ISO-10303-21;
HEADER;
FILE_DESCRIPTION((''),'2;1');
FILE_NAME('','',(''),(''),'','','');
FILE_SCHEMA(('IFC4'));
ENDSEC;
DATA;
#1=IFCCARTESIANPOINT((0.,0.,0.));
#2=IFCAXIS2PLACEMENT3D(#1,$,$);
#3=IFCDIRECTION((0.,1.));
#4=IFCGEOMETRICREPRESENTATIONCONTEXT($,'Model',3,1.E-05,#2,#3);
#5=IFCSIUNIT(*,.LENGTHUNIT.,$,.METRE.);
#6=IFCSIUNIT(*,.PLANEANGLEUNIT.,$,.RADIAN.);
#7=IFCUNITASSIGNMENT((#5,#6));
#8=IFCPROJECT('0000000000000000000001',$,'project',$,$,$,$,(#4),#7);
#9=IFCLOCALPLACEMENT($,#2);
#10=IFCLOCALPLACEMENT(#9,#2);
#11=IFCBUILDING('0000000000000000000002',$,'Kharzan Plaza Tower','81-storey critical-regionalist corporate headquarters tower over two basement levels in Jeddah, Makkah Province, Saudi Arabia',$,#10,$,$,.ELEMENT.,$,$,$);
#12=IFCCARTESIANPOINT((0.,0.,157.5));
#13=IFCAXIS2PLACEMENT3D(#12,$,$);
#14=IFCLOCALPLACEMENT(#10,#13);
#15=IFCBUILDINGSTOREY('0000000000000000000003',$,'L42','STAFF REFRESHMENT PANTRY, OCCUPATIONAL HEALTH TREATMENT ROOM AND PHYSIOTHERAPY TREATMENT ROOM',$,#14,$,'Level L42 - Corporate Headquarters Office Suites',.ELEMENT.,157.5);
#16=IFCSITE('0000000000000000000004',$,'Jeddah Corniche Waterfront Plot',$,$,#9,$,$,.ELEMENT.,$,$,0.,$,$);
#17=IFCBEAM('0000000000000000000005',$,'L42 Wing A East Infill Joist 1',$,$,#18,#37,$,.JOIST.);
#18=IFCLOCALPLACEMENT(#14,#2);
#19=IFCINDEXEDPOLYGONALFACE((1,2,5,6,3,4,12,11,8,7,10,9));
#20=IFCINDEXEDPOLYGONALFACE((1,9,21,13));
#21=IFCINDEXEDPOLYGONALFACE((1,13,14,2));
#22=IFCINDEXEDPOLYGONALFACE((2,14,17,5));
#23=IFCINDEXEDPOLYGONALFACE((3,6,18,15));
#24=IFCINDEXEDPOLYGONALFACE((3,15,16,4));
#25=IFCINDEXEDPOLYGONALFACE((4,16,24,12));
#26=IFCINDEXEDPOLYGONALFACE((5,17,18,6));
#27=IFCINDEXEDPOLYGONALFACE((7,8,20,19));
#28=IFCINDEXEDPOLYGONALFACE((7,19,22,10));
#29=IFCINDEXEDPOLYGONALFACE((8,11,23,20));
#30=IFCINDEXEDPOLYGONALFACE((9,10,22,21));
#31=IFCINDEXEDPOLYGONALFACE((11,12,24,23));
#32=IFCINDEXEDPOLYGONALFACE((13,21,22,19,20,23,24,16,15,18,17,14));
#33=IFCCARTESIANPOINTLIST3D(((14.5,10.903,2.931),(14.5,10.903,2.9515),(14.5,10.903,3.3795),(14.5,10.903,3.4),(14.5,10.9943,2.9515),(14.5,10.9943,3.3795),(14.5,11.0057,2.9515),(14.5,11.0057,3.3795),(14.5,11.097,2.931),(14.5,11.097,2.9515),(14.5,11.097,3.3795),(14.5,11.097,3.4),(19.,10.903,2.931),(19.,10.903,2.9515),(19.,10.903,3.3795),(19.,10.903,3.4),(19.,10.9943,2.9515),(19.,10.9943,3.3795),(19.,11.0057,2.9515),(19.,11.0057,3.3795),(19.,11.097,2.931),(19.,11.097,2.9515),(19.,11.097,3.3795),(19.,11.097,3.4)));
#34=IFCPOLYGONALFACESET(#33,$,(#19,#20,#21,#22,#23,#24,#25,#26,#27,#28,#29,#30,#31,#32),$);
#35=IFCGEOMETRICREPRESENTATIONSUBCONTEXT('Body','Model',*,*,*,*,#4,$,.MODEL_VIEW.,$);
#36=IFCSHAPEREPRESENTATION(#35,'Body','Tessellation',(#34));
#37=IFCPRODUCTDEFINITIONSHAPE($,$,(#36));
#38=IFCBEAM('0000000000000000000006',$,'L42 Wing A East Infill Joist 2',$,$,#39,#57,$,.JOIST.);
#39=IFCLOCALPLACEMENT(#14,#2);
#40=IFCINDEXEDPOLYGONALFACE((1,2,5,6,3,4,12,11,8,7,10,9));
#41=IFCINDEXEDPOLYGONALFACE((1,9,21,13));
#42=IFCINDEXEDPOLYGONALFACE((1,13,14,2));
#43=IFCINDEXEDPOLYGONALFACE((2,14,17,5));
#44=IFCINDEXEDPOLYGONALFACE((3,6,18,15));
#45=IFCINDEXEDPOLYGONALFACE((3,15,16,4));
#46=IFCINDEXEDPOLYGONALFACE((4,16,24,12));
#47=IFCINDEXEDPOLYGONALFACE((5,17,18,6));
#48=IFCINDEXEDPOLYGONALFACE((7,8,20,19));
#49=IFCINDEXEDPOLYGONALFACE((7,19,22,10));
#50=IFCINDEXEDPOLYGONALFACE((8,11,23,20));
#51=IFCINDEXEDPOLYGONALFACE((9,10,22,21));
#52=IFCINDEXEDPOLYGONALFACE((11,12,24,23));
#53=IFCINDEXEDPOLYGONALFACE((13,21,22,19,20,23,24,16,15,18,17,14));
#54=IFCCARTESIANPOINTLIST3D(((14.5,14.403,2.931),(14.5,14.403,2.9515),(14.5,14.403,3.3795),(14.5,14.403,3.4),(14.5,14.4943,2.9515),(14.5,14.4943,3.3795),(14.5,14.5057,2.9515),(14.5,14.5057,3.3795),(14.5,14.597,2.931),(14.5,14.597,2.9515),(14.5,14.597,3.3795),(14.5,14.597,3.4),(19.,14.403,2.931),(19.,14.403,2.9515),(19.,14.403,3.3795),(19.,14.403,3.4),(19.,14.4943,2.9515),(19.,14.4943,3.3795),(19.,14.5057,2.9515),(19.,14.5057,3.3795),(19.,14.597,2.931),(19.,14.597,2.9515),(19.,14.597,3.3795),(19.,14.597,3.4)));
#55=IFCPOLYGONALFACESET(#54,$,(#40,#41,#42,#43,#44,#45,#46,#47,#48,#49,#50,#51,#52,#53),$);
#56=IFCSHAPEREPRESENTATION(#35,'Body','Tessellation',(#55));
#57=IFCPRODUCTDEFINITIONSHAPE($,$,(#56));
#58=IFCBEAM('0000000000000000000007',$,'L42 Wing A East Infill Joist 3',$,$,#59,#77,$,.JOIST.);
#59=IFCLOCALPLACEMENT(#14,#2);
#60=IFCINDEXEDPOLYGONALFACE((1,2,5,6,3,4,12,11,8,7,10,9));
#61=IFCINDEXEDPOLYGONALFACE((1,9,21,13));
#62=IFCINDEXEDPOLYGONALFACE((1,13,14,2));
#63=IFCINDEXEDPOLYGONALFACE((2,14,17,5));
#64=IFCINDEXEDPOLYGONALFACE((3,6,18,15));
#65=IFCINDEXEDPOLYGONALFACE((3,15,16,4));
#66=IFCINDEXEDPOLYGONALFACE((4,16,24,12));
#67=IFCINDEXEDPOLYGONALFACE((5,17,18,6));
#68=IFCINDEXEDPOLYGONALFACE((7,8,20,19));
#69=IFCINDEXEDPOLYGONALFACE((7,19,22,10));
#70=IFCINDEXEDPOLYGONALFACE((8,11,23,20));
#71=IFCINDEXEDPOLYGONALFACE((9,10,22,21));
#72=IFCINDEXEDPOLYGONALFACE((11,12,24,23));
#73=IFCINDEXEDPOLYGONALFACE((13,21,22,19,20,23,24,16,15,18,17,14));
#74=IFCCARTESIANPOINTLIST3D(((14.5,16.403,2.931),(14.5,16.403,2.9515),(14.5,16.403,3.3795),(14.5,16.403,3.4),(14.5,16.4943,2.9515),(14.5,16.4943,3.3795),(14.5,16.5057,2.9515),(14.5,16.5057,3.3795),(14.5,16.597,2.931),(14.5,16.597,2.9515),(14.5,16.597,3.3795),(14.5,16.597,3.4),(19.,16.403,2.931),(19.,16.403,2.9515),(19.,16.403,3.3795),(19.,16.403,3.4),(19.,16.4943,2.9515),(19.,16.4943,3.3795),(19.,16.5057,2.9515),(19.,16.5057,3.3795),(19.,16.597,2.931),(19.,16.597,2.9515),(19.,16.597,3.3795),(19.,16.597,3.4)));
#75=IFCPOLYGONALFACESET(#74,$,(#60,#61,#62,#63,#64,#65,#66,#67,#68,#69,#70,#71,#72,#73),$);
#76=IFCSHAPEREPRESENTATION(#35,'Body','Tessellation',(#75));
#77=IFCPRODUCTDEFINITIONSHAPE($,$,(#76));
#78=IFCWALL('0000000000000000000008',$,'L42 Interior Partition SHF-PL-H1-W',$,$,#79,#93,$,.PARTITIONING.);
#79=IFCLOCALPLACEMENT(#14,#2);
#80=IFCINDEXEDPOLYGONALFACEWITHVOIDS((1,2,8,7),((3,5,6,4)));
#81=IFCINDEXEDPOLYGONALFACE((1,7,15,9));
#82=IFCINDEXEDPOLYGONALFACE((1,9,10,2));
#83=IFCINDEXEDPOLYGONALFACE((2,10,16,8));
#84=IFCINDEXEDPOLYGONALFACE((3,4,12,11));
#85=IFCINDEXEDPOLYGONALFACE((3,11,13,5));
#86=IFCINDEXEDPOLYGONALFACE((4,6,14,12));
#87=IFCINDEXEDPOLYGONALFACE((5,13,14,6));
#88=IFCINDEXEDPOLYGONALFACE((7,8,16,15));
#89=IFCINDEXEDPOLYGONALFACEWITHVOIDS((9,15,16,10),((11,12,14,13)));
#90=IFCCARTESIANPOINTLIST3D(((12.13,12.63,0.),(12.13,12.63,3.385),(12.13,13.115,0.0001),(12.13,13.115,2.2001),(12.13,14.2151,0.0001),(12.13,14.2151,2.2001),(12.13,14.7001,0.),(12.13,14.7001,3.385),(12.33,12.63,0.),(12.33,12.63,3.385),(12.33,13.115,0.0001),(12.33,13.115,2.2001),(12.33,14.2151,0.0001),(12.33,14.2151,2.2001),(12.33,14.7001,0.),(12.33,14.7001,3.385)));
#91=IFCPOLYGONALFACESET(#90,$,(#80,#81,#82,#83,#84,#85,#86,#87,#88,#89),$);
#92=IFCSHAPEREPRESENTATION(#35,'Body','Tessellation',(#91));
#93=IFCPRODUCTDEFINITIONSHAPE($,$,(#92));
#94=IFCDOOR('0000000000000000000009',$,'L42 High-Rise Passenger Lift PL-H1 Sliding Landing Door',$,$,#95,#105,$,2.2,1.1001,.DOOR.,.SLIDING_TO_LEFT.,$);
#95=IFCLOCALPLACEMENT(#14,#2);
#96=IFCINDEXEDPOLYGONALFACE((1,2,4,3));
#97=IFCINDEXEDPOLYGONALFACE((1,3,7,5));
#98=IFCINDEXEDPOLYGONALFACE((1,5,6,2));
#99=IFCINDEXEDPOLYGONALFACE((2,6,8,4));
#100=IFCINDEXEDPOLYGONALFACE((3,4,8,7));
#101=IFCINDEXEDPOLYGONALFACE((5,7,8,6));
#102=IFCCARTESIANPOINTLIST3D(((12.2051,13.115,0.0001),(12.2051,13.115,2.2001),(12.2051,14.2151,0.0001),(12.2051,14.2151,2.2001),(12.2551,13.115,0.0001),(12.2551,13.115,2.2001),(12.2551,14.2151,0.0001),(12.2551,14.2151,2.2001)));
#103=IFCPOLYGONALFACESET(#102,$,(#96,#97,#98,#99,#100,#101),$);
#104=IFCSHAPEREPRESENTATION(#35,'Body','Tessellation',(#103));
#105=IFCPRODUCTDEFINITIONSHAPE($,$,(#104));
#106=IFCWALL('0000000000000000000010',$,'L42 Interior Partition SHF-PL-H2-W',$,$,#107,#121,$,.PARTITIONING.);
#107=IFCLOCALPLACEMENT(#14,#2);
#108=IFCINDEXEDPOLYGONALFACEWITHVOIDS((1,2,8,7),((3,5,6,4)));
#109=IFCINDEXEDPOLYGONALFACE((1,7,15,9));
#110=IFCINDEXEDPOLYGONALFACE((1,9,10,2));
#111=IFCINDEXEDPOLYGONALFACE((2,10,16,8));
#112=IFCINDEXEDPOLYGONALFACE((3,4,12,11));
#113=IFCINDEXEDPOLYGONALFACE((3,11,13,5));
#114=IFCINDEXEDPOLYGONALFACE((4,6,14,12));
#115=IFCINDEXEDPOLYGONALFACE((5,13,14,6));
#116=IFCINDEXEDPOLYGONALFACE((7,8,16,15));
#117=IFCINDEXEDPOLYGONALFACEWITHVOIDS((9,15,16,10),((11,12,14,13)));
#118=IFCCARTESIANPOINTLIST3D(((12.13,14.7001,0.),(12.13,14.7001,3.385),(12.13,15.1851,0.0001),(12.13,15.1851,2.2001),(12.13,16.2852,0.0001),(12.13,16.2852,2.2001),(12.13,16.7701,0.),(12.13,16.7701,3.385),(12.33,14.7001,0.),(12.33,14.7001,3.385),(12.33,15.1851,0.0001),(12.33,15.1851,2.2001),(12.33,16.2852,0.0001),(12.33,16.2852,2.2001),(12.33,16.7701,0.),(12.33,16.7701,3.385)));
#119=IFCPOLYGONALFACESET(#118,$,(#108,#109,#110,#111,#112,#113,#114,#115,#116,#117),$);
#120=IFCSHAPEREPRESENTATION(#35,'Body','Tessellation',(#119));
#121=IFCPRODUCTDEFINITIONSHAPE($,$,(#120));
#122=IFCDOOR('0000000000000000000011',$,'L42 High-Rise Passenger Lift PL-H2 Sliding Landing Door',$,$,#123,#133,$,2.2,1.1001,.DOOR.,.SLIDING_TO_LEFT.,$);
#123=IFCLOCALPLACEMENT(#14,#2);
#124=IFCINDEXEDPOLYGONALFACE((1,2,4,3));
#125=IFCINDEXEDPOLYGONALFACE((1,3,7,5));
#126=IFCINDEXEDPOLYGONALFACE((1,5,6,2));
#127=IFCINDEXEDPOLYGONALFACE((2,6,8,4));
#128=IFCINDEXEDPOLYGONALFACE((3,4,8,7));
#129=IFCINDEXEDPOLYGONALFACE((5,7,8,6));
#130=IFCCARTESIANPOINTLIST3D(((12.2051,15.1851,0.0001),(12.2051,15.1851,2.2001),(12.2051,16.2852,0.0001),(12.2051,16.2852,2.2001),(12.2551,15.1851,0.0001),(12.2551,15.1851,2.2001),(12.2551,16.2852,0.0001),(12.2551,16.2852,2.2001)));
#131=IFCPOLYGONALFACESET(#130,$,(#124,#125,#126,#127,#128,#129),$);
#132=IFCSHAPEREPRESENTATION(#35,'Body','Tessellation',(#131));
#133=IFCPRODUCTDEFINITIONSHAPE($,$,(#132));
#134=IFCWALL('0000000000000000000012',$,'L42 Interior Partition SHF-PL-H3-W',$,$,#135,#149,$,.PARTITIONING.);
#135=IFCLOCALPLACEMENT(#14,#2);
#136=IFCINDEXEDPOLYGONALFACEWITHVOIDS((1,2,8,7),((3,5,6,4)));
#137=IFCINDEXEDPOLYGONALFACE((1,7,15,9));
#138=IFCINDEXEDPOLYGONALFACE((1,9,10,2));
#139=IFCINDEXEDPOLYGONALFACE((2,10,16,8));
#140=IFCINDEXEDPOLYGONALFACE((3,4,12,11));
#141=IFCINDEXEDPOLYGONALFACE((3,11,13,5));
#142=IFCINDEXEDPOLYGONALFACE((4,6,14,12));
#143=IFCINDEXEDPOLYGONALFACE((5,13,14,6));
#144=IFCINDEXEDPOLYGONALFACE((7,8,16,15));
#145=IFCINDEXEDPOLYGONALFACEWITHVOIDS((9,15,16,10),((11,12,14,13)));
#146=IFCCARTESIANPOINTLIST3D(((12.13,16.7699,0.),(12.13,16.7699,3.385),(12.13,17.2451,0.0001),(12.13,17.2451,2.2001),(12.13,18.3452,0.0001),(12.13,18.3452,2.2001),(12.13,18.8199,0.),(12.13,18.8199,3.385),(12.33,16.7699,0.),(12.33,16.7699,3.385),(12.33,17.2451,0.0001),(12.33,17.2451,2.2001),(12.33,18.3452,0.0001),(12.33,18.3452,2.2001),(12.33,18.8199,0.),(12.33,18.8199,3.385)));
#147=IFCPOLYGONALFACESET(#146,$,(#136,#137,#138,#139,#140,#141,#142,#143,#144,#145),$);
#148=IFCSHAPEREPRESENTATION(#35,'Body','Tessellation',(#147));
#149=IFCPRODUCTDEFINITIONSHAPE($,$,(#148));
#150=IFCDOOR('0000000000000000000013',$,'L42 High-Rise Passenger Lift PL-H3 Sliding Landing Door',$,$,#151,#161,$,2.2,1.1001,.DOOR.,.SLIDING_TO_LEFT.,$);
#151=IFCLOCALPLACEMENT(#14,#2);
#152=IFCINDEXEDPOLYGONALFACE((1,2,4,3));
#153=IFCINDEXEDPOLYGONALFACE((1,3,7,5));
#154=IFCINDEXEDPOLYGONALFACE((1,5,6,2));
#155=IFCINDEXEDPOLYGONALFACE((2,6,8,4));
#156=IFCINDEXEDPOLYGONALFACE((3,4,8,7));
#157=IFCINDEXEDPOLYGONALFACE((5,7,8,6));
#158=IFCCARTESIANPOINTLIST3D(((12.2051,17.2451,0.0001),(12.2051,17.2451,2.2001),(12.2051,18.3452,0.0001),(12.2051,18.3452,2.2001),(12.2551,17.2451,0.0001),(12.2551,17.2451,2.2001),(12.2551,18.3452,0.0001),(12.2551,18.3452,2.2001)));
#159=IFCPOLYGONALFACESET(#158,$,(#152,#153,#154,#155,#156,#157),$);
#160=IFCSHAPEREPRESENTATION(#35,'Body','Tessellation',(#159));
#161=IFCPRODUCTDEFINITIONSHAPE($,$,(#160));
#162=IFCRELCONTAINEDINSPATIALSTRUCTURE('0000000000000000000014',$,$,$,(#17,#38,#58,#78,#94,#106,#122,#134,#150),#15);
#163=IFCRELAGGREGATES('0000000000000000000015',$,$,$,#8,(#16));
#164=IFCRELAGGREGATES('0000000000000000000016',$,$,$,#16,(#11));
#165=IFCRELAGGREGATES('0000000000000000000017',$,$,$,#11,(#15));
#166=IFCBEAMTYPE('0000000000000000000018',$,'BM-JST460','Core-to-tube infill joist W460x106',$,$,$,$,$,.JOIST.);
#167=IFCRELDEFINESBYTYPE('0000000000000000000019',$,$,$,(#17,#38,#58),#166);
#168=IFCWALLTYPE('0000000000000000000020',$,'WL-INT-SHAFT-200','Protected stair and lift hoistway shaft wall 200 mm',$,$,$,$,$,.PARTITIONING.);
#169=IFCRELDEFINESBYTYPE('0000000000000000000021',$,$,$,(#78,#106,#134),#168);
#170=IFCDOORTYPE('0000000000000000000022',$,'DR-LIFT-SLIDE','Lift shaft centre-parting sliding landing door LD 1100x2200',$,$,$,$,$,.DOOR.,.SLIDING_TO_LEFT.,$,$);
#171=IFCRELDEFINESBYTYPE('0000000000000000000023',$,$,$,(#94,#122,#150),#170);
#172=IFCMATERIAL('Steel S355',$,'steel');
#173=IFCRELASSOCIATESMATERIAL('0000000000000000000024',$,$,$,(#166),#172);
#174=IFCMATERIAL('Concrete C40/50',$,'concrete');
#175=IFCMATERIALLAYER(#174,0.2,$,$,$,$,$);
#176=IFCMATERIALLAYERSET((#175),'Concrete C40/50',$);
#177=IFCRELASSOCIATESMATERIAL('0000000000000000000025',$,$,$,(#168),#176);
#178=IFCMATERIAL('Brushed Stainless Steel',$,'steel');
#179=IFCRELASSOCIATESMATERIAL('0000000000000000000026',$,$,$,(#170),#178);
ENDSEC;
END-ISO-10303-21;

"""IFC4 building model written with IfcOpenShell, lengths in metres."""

from ifc_helpers import new_model, si_unit, direction, frame, frame_2d, origin, origin_2d, place, context, subcontext, project, spatial, rectangle, i_section, extrude, source, transform, mapped, material, layer, layer_set, material_profile, profile_set, type_object, element, fill, save


model = new_model("IFC4")

# Units and contexts
model_context = context("Model", 3, precision=1e-05, world=origin(), true_north=direction((0.0, 1.0)))
body_context = subcontext(model_context, "Body", "Model", "MODEL_VIEW")
ifc_project = project(units=[si_unit("LENGTHUNIT", "METRE"), si_unit("PLANEANGLEUNIT", "RADIAN")], contexts=[model_context])

# Site, building, storey
site_placement = place(None, origin())
site = spatial("IfcSite", under=ifc_project, at=site_placement, Name="Jeddah Corniche Waterfront Plot", CompositionType="ELEMENT", RefElevation=0.0)
building_placement = place(site_placement, origin())
building = spatial("IfcBuilding", under=site, at=building_placement, Name="Kharzan Plaza Tower", Description="81-storey critical-regionalist corporate headquarters tower over two basement levels in Jeddah, Makkah Province, Saudi Arabia", CompositionType="ELEMENT")
storey_placement = place(building_placement, frame((0.0, 0.0, 157.5)))
storey = spatial("IfcBuildingStorey", under=building, at=storey_placement, Name="L42", Description="STAFF REFRESHMENT PANTRY, OCCUPATIONAL HEALTH TREATMENT ROOM AND PHYSIOTHERAPY TREATMENT ROOM", LongName="Level L42 - Corporate Headquarters Office Suites", CompositionType="ELEMENT", Elevation=157.5)

# Beams
ifc_material_1 = material(Name="Steel S355", Category="steel")
ifc_material_profile = material_profile(ifc_material_1, i_section(OverallWidth=0.1941, OverallDepth=0.469, WebThickness=0.0115, FlangeThickness=0.0205, at=origin_2d()), Name="W460x106")
ifc_profile_set = profile_set([ifc_material_profile], Name="Steel S355")
beam_type = type_object("IfcBeamType", Name="BM-JST460", Description="Core-to-tube infill joist W460x106", PredefinedType="JOIST", material=ifc_profile_set)
shared_shape_1 = source(origin(), body_context, "Body", "SweptSolid", [
    extrude(i_section(OverallWidth=0.1941, OverallDepth=0.469, WebThickness=0.0115, FlangeThickness=0.0205, at=origin_2d()), origin(), (0.0, 0.0, 1.0), 4.5),
])
for number, where, z_axis, x_axis, name in (
    (1, (14.5, 11.0, 3.1655), (1.0, 0.0, 0.0), (0.0, 1.0, 0.0), "L42 Wing A East Infill Joist 1"),
    (2, (14.5, 14.5, 3.1655), (1.0, 0.0, 0.0), (0.0, 1.0, 0.0), "L42 Wing A East Infill Joist 2"),
    (3, (14.5, 16.5, 3.1655), (1.0, 0.0, 0.0), (0.0, 1.0, 0.0), "L42 Wing A East Infill Joist 3"),
):
    element("IfcBeam", number, at=place(storey_placement, frame(where, z_axis=z_axis, x_axis=x_axis)), inside=storey, type_object=beam_type, Name=name, PredefinedType="JOIST", context=body_context, shape_type="MappedRepresentation", body=[
        mapped(shared_shape_1, transform((0.0, 0.0, 0.0), x_axis=(1.0, 0.0, 0.0), y_axis=(0.0, 1.0, 0.0), z_axis=(0.0, 0.0, 1.0))),
    ])

# Walls, openings, doors
ifc_material_2 = material(Name="Concrete C40/50", Category="concrete")
ifc_layer_1 = layer(ifc_material_2, 0.2)
ifc_layer_set_1 = layer_set([ifc_layer_1], Name="Concrete C40/50")
wall_type_1 = type_object("IfcWallType", Name="WL-INT-SHAFT-200", Description="Protected stair and lift hoistway shaft wall 200 mm", PredefinedType="PARTITIONING", material=ifc_layer_set_1)
wall_1_placement = place(storey_placement, frame((12.23, 12.6299, 0.0), z_axis=(0.0, 0.0, 1.0), x_axis=(0.0, 1.0, 0.0)))
wall_1 = element("IfcWall", 4, at=wall_1_placement, inside=storey, type_object=wall_type_1, Name="L42 Interior Partition SHF-PL-H1-W", PredefinedType="PARTITIONING", context=body_context, shape_type="SweptSolid", body=[
    extrude(rectangle(XDim=2.0701, YDim=0.2, at=frame_2d((1.0352, 0.0))), origin(), (0.0, 0.0, 1.0), 3.385),
])
opening_1_placement = place(wall_1_placement, frame((0.4851, 0.0, 0.0)))
opening_1 = element("IfcOpeningElement", 5, at=opening_1_placement, cuts=wall_1, PredefinedType="OPENING", context=body_context, shape_type="SweptSolid", body=[
    extrude(rectangle(XDim=1.1001, YDim=2.2, at=frame_2d((0.55, 1.1001))), frame((0.0, 0.1099, 0.0), z_axis=(0.0, -1.0, 0.0), x_axis=(1.0, 0.0, 0.0)), (0.0, 0.0, 1.0), 0.22),
])
ifc_material_3 = material(Name="Brushed Stainless Steel", Category="steel")
door_type = type_object("IfcDoorType", Name="DR-LIFT-SLIDE", Description="Lift shaft centre-parting sliding landing door LD 1100x2200", OperationType="SLIDING_TO_LEFT", PredefinedType="DOOR", material=ifc_material_3)
shared_shape_2 = source(origin(), body_context, "Body", "SweptSolid", [
    extrude(rectangle(XDim=1.1001, YDim=2.2, at=frame_2d((0.55, 1.1001))), frame((0.0, 0.0249, 0.0), z_axis=(0.0, -1.0, 0.0), x_axis=(1.0, 0.0, 0.0)), (0.0, 0.0, 1.0), 0.05),
])
door_1_placement = place(opening_1_placement, origin())
door_1 = element("IfcDoor", 6, at=door_1_placement, inside=storey, type_object=door_type, Name="L42 High-Rise Passenger Lift PL-H1 Sliding Landing Door", OperationType="SLIDING_TO_LEFT", OverallHeight=2.2, OverallWidth=1.1001, PredefinedType="DOOR", context=body_context, shape_type="MappedRepresentation", body=[
    mapped(shared_shape_2, transform((0.0, 0.0, 0.0), x_axis=(1.0, 0.0, 0.0), y_axis=(0.0, 1.0, 0.0), z_axis=(0.0, 0.0, 1.0))),
])
fill(opening_1, door_1)
wall_2_placement = place(storey_placement, frame((12.23, 14.7, 0.0), z_axis=(0.0, 0.0, 1.0), x_axis=(0.0, 1.0, 0.0)))
wall_2 = element("IfcWall", 7, at=wall_2_placement, inside=storey, type_object=wall_type_1, Name="L42 Interior Partition SHF-PL-H2-W", PredefinedType="PARTITIONING", context=body_context, shape_type="SweptSolid", body=[
    extrude(rectangle(XDim=2.0701, YDim=0.2, at=frame_2d((1.0352, 0.0))), origin(), (0.0, 0.0, 1.0), 3.385),
])
opening_2_placement = place(wall_2_placement, frame((0.4851, 0.0, 0.0)))
opening_2 = element("IfcOpeningElement", 8, at=opening_2_placement, cuts=wall_2, PredefinedType="OPENING", context=body_context, shape_type="SweptSolid", body=[
    extrude(rectangle(XDim=1.1001, YDim=2.2, at=frame_2d((0.55, 1.1001))), frame((0.0, 0.1099, 0.0), z_axis=(0.0, -1.0, 0.0), x_axis=(1.0, 0.0, 0.0)), (0.0, 0.0, 1.0), 0.22),
])
door_2_placement = place(opening_2_placement, origin())
door_2 = element("IfcDoor", 9, at=door_2_placement, inside=storey, type_object=door_type, Name="L42 High-Rise Passenger Lift PL-H2 Sliding Landing Door", OperationType="SLIDING_TO_LEFT", OverallHeight=2.2, OverallWidth=1.1001, PredefinedType="DOOR", context=body_context, shape_type="MappedRepresentation", body=[
    mapped(shared_shape_2, transform((0.0, 0.0, 0.0), x_axis=(1.0, 0.0, 0.0), y_axis=(0.0, 1.0, 0.0), z_axis=(0.0, 0.0, 1.0))),
])
fill(opening_2, door_2)
wall_3_placement = place(storey_placement, frame((12.23, 16.77, 0.0), z_axis=(0.0, 0.0, 1.0), x_axis=(0.0, 1.0, 0.0)))
wall_3 = element("IfcWall", 10, at=wall_3_placement, inside=storey, type_object=wall_type_1, Name="L42 Interior Partition SHF-PL-H3-W", PredefinedType="PARTITIONING", context=body_context, shape_type="SweptSolid", body=[
    extrude(rectangle(XDim=2.05, YDim=0.2, at=frame_2d((1.0249, 0.0))), origin(), (0.0, 0.0, 1.0), 3.385),
])
opening_3_placement = place(wall_3_placement, frame((0.4751, 0.0, 0.0)))
opening_3 = element("IfcOpeningElement", 11, at=opening_3_placement, cuts=wall_3, PredefinedType="OPENING", context=body_context, shape_type="SweptSolid", body=[
    extrude(rectangle(XDim=1.1001, YDim=2.2, at=frame_2d((0.55, 1.1001))), frame((0.0, 0.1099, 0.0), z_axis=(0.0, -1.0, 0.0), x_axis=(1.0, 0.0, 0.0)), (0.0, 0.0, 1.0), 0.22),
])
door_3_placement = place(opening_3_placement, origin())
door_3 = element("IfcDoor", 12, at=door_3_placement, inside=storey, type_object=door_type, Name="L42 High-Rise Passenger Lift PL-H3 Sliding Landing Door", OperationType="SLIDING_TO_LEFT", OverallHeight=2.2, OverallWidth=1.1001, PredefinedType="DOOR", context=body_context, shape_type="MappedRepresentation", body=[
    mapped(shared_shape_2, transform((0.0, 0.0, 0.0), x_axis=(1.0, 0.0, 0.0), y_axis=(0.0, 1.0, 0.0), z_axis=(0.0, 0.0, 1.0))),
])
fill(opening_3, door_3)

save(model, "model.ifc")
